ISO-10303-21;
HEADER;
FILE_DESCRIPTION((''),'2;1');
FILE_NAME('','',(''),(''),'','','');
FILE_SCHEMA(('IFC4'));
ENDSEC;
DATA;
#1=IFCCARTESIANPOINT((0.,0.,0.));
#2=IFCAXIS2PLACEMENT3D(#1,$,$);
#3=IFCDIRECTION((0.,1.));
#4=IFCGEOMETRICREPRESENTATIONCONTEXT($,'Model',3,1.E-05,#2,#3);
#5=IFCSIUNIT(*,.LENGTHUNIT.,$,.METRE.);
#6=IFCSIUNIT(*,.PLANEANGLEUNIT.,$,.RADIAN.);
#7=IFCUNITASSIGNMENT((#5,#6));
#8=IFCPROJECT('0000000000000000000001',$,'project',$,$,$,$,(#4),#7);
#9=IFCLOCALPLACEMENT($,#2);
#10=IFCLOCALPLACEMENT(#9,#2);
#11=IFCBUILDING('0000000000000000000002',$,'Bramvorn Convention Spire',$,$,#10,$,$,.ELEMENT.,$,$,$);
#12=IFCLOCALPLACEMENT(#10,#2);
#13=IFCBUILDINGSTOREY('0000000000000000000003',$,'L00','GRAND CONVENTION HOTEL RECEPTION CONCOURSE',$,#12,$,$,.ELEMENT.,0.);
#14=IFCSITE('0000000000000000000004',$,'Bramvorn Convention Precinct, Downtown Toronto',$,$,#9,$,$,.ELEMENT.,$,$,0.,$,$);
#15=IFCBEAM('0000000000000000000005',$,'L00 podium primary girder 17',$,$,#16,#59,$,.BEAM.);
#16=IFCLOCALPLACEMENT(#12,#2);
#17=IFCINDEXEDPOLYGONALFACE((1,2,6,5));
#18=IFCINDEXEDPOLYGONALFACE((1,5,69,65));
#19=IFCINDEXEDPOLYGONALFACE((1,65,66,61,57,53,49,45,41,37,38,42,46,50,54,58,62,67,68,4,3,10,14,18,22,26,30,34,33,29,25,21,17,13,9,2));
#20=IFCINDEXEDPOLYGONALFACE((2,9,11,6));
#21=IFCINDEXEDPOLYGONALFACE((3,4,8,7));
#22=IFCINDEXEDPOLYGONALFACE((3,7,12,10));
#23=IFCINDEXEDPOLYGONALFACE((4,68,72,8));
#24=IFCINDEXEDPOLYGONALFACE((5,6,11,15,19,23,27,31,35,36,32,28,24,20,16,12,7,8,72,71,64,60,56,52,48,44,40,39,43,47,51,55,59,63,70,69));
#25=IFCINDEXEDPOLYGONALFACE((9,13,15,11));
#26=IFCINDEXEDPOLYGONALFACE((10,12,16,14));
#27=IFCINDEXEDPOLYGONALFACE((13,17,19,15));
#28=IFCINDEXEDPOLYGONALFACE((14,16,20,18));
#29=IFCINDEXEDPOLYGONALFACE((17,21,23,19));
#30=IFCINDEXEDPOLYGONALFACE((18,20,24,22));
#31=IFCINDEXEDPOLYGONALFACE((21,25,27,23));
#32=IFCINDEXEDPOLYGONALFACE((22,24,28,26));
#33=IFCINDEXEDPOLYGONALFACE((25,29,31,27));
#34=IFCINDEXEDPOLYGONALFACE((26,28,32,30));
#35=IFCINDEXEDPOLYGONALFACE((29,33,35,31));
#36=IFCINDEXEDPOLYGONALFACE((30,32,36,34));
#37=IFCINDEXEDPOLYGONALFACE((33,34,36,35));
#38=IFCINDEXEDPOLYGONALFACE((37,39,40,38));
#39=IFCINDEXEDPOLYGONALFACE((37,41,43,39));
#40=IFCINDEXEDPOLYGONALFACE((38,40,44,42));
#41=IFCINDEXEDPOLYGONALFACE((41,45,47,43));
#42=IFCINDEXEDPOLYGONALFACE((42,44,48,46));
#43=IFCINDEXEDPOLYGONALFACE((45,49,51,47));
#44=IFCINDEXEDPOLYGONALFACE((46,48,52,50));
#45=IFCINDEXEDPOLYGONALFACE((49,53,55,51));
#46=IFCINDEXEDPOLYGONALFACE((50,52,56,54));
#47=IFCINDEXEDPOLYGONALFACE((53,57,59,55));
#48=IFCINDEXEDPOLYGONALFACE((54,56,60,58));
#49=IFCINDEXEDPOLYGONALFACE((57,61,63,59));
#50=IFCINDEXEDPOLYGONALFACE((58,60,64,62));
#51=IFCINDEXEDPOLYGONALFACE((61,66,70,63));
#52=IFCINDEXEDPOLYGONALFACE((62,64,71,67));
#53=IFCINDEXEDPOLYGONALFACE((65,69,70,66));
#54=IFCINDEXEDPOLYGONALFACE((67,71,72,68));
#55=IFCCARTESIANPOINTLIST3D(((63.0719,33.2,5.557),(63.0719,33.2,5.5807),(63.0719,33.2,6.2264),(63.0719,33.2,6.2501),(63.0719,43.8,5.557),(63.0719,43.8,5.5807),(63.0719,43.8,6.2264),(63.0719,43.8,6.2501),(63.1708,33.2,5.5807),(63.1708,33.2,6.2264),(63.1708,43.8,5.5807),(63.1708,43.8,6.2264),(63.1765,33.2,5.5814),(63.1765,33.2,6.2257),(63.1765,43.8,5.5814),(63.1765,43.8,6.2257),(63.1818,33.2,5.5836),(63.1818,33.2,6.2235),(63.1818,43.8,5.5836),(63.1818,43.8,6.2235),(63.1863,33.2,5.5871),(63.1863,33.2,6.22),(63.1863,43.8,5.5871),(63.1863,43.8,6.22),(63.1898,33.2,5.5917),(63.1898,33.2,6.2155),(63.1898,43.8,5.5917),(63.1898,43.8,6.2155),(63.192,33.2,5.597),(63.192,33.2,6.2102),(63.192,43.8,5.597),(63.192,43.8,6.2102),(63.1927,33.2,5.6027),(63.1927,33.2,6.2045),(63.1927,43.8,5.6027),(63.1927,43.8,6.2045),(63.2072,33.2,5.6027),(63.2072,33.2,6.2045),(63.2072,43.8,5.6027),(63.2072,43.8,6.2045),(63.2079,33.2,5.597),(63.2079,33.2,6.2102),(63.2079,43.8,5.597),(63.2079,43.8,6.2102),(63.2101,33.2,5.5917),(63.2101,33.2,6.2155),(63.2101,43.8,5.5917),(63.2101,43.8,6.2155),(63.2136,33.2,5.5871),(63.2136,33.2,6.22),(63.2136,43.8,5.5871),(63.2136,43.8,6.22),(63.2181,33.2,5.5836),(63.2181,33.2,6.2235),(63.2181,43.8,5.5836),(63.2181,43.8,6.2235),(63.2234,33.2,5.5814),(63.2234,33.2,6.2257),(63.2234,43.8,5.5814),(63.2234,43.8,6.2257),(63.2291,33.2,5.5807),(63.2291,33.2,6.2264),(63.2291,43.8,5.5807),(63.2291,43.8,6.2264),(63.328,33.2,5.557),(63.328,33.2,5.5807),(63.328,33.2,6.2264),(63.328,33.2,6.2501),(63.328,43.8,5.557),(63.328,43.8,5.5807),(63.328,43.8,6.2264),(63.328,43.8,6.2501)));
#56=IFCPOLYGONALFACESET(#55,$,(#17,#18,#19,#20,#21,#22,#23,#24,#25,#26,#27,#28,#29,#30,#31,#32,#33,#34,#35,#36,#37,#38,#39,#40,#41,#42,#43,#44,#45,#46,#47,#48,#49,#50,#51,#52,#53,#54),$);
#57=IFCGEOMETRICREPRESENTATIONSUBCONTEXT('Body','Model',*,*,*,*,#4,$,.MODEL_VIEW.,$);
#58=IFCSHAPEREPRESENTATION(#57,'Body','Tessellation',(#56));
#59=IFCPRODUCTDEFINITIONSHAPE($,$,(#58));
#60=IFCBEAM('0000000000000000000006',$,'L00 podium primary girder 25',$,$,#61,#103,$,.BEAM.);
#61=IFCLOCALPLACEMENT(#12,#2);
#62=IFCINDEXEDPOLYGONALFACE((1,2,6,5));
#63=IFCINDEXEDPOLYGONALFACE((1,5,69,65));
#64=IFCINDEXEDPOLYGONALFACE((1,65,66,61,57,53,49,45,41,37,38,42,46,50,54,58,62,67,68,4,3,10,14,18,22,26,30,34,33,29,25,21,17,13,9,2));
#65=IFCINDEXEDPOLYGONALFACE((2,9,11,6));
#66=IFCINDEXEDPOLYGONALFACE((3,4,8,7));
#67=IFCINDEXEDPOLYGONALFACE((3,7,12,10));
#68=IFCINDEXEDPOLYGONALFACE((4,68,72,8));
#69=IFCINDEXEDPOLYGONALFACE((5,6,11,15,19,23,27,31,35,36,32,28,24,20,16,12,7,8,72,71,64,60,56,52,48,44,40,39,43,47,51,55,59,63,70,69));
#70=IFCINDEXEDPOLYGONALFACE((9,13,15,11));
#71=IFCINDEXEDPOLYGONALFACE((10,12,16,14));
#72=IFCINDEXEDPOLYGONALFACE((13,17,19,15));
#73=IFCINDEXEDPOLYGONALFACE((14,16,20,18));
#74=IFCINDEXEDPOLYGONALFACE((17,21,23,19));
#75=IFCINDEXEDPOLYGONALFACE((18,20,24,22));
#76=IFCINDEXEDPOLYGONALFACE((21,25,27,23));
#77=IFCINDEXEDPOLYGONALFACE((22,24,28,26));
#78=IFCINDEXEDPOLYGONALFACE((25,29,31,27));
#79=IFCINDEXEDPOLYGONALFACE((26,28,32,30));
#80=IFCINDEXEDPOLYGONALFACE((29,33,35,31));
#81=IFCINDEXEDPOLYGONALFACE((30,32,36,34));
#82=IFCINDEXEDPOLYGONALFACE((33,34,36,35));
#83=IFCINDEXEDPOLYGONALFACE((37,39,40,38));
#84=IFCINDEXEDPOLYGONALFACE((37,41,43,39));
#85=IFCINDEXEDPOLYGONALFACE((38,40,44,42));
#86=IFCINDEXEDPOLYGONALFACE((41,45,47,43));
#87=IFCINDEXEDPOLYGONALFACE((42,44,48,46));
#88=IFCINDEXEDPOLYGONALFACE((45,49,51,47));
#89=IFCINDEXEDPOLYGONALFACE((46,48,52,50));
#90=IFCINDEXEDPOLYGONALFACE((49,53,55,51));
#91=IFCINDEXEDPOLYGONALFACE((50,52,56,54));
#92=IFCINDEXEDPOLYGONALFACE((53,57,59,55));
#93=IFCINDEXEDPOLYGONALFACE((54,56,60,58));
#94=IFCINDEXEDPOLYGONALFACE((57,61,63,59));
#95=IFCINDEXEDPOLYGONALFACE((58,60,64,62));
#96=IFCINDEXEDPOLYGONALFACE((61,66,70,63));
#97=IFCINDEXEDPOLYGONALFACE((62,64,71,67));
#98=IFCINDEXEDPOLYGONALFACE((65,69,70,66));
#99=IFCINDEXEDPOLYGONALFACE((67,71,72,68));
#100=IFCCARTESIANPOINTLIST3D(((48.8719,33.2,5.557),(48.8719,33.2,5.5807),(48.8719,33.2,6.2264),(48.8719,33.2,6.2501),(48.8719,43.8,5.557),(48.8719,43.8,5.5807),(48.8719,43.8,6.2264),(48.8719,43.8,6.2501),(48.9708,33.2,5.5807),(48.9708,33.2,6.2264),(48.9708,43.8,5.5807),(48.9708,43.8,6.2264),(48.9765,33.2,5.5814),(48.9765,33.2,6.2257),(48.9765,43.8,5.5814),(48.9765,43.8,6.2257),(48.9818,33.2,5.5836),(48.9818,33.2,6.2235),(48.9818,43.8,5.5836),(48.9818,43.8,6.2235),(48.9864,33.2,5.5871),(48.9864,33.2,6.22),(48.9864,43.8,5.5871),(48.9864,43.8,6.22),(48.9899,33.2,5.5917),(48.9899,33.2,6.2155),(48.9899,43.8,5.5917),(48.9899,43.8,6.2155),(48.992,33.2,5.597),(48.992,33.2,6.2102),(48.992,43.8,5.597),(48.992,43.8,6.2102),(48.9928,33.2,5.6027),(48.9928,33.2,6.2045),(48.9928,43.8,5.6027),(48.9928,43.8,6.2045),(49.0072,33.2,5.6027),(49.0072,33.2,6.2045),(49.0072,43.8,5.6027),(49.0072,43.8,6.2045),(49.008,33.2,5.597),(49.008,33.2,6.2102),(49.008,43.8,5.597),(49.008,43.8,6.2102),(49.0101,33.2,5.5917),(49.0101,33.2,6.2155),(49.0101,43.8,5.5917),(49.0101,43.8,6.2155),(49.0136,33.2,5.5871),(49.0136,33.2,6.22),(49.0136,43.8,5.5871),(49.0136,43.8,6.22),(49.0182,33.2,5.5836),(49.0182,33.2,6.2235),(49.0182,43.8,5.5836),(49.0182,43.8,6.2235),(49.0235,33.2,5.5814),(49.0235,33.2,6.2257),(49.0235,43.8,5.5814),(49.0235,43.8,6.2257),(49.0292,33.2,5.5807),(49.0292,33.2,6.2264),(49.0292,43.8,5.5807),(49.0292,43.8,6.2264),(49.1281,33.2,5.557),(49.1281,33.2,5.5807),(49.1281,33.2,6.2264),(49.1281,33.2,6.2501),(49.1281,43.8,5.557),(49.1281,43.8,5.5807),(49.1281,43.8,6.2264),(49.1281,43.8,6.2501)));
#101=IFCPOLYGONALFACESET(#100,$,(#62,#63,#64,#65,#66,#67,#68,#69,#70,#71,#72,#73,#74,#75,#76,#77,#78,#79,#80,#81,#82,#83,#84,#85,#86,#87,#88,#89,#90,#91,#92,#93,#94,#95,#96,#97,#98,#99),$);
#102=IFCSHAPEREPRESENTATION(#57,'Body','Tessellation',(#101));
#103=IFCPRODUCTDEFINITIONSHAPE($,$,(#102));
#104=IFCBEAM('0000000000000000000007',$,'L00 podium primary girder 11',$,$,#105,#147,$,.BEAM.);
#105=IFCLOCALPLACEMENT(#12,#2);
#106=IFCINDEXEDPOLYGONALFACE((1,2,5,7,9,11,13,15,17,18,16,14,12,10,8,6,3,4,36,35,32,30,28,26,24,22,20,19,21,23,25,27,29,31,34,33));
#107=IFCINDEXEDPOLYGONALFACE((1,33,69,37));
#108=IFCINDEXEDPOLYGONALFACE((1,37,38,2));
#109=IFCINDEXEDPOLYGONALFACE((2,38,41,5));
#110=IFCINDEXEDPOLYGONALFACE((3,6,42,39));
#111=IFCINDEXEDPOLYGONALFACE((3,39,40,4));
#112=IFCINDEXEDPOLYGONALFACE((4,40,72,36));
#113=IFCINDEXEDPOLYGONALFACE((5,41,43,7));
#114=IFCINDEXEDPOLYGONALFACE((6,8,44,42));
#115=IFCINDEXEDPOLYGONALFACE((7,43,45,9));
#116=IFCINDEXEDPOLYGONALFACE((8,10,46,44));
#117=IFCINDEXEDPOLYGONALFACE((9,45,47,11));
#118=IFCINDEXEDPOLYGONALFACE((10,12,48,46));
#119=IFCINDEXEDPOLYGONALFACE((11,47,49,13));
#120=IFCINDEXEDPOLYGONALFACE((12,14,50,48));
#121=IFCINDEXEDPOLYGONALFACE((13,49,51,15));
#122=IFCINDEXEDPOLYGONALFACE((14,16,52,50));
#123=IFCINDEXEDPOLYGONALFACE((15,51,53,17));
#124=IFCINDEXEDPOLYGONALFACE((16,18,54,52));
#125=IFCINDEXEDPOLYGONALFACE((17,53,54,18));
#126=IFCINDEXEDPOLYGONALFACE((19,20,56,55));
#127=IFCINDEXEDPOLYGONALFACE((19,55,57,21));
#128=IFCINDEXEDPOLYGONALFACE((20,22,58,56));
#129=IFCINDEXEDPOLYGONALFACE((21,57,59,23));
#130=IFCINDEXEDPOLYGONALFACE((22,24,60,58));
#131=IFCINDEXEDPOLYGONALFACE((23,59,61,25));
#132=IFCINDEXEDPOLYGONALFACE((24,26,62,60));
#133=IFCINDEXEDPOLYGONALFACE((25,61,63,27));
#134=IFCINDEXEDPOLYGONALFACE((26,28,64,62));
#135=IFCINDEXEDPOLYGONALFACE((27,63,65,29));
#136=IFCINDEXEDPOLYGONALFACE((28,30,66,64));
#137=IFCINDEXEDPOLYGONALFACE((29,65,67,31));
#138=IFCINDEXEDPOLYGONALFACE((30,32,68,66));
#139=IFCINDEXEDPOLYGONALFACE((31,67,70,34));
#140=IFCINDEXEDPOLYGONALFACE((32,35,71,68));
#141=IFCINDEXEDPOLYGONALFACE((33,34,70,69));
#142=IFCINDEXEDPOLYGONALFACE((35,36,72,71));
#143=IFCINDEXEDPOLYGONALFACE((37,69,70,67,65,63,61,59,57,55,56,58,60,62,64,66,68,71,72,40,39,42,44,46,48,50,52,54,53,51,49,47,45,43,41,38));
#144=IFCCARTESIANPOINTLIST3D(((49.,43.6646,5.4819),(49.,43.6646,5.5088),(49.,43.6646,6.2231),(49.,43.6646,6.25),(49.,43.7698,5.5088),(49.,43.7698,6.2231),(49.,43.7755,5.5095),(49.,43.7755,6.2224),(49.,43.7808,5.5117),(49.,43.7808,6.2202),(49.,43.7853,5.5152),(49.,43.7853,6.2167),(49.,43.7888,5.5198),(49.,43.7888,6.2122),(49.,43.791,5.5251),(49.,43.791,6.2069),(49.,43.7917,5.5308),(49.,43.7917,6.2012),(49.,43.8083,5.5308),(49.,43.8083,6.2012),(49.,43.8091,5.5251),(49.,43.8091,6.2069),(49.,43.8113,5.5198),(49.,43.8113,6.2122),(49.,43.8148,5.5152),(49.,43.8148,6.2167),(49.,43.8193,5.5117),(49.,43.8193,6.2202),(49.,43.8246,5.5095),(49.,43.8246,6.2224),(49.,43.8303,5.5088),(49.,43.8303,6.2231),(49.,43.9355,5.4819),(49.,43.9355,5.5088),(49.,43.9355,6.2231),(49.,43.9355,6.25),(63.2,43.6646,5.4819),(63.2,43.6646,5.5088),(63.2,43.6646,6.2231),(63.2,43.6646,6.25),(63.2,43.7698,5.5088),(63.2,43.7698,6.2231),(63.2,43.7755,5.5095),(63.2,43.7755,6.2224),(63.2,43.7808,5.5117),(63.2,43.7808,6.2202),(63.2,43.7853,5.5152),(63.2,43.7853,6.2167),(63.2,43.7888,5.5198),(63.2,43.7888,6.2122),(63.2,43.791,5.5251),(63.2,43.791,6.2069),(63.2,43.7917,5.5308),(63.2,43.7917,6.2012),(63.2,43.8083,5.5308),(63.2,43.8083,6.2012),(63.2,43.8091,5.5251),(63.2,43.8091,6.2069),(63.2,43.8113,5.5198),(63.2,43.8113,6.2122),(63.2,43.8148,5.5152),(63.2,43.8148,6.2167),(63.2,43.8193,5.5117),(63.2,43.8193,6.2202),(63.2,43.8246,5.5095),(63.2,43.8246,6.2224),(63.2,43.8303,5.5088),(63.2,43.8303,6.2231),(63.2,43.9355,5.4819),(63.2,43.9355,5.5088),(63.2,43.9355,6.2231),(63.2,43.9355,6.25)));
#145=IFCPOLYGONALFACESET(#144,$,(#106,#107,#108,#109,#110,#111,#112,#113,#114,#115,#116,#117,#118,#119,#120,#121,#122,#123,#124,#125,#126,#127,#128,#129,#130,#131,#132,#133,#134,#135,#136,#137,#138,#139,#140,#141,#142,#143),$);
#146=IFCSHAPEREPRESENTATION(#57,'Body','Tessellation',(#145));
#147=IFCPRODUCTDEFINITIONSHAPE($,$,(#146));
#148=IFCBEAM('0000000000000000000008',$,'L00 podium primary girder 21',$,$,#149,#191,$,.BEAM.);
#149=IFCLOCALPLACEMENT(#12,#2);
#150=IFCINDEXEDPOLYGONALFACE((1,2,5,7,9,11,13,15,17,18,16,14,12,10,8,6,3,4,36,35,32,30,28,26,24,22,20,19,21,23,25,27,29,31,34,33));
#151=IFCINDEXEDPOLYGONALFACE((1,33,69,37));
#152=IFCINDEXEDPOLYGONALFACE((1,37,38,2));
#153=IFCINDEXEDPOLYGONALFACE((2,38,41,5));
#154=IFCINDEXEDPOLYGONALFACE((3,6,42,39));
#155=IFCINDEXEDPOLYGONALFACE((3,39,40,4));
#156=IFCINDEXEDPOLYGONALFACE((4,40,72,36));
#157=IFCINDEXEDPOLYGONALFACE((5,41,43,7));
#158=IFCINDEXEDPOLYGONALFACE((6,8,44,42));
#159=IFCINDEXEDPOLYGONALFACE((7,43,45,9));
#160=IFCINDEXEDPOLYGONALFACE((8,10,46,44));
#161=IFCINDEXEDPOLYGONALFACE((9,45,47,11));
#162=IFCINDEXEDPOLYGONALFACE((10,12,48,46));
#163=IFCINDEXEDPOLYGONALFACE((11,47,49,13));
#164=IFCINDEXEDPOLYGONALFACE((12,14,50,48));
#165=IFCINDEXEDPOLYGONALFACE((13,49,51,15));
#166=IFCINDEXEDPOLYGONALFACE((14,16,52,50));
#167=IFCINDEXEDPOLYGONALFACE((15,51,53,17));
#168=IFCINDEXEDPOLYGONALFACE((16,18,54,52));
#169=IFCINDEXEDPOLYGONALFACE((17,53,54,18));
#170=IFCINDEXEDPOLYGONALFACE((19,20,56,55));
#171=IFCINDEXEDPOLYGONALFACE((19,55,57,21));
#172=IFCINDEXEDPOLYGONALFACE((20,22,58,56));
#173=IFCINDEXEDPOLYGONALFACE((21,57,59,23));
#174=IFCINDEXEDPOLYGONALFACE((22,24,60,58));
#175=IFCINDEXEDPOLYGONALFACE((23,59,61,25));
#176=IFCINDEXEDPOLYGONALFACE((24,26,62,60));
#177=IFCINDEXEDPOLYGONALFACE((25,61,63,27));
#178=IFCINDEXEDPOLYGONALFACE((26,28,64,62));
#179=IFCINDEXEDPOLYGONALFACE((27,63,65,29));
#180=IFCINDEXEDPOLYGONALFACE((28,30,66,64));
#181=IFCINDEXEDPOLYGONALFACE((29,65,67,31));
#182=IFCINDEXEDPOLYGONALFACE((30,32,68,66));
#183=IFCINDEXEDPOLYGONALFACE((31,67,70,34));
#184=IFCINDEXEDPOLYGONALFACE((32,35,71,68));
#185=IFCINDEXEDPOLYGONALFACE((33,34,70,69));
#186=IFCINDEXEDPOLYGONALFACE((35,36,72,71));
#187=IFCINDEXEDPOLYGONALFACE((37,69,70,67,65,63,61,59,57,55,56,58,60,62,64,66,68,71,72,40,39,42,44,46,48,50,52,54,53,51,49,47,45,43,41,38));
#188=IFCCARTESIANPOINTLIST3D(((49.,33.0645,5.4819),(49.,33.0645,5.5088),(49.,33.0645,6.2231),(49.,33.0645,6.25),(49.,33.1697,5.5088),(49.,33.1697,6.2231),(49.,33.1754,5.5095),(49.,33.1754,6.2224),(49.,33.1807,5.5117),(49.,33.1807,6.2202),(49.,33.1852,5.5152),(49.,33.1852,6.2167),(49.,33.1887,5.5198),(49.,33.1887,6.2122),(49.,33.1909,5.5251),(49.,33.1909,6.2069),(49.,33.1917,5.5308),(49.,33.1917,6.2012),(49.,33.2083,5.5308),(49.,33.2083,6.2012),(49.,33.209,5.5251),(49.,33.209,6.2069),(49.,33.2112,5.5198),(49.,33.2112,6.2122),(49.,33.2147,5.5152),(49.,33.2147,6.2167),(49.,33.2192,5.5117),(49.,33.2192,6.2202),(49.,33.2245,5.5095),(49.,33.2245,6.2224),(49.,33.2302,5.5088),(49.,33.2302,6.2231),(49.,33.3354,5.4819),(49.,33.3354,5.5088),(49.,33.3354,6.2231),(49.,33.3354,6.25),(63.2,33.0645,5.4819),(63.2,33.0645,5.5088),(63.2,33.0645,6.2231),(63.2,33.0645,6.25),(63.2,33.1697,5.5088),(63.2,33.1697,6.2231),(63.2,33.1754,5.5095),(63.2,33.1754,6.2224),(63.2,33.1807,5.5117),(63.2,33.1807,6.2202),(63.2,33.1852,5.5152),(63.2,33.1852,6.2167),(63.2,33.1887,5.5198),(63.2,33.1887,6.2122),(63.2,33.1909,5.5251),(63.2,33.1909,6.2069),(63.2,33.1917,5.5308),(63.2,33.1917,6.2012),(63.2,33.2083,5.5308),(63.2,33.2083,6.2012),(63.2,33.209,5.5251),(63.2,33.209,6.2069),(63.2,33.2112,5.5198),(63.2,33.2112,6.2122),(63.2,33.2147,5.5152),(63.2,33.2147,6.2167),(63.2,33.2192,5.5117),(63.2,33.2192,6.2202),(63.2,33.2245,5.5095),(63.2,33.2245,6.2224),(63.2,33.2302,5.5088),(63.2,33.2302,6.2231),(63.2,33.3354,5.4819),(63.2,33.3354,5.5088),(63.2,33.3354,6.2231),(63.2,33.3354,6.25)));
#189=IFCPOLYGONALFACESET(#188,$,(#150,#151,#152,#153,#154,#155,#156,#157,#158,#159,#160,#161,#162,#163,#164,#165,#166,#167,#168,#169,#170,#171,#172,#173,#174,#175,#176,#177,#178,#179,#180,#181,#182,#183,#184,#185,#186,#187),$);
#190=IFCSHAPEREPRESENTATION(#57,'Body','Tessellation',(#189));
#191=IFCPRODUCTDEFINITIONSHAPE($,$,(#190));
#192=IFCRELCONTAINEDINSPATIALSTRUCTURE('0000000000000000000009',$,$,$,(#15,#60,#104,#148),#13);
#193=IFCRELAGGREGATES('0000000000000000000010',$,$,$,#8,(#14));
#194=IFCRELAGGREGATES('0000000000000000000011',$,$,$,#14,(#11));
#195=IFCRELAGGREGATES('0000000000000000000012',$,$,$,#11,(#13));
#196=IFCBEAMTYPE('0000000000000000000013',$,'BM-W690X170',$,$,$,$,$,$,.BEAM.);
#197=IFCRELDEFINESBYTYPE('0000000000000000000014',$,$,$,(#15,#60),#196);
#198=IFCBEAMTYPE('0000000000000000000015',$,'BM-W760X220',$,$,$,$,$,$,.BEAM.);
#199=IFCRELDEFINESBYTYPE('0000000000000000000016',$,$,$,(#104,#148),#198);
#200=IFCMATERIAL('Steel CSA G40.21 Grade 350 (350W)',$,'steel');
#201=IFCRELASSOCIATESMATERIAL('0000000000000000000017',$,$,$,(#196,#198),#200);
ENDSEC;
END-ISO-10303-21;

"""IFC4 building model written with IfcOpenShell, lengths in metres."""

from ifc_helpers import new_model, si_unit, direction, frame, origin, origin_2d, place, context, subcontext, project, spatial, i_section, extrude, material, material_profile, profile_set, type_object, element, save


model = new_model("IFC4")

# Units and contexts
model_context = context("Model", 3, precision=1e-05, world=origin(), true_north=direction((0.0, 1.0)))
body_context = subcontext(model_context, "Body", "Model", "MODEL_VIEW")
ifc_project = project(units=[si_unit("LENGTHUNIT", "METRE"), si_unit("PLANEANGLEUNIT", "RADIAN")], contexts=[model_context])

# Site, building, storey
site_placement = place(None, origin())
site = spatial("IfcSite", under=ifc_project, at=site_placement, Name="Bramvorn Convention Precinct, Downtown Toronto", CompositionType="ELEMENT", RefElevation=0.0)
building_placement = place(site_placement, origin())
building = spatial("IfcBuilding", under=site, at=building_placement, Name="Bramvorn Convention Spire", CompositionType="ELEMENT")
storey_placement = place(building_placement, origin())
storey = spatial("IfcBuildingStorey", under=building, at=storey_placement, Name="L00", Description="GRAND CONVENTION HOTEL RECEPTION CONCOURSE", CompositionType="ELEMENT", Elevation=0.0)

# Shared definitions
ifc_material_1 = material(Name="Steel CSA G40.21 Grade 350 (350W)", Category="steel")

# Beams
ifc_material_profile_1 = material_profile(ifc_material_1, i_section(OverallWidth=0.2561, OverallDepth=0.6931, WebThickness=0.0144, FlangeThickness=0.0237, FilletRadius=0.022, at=origin_2d()))
ifc_profile_set_1 = profile_set([ifc_material_profile_1], Name="Steel CSA G40.21 Grade 350 (350W) - W690X170")
beam_type_1 = type_object("IfcBeamType", Name="BM-W690X170", PredefinedType="BEAM", material=ifc_profile_set_1)
for number, where, z_axis, x_axis, name in (
    (1, (63.2, 33.2, 5.9036), (0.0, 1.0, 0.0), (-1.0, 0.0, 0.0), "L00 podium primary girder 17"),
    (2, (49.0, 33.2, 5.9036), (0.0, 1.0, 0.0), (-1.0, 0.0, 0.0), "L00 podium primary girder 25"),
):
    element("IfcBeam", number, at=place(storey_placement, frame(where, z_axis=z_axis, x_axis=x_axis)), inside=storey, type_object=beam_type_1, Name=name, PredefinedType="BEAM", context=body_context, shape_type="SweptSolid", body=[
        extrude(i_section(OverallWidth=0.2561, OverallDepth=0.6931, WebThickness=0.0144, FlangeThickness=0.0237, FilletRadius=0.022, at=origin_2d()), origin(), (0.0, 0.0, 1.0), 10.6001),
    ])
ifc_material_profile_2 = material_profile(ifc_material_1, i_section(OverallWidth=0.271, OverallDepth=0.7681, WebThickness=0.0166, FlangeThickness=0.0269, FilletRadius=0.022, at=origin_2d()))
ifc_profile_set_2 = profile_set([ifc_material_profile_2], Name="Steel CSA G40.21 Grade 350 (350W) - W760X220")
beam_type_2 = type_object("IfcBeamType", Name="BM-W760X220", PredefinedType="BEAM", material=ifc_profile_set_2)
for number, where, z_axis, x_axis, name in (
    (3, (49.0, 43.8, 5.866), (1.0, 0.0, 0.0), (0.0, 1.0, 0.0), "L00 podium primary girder 11"),
    (4, (49.0, 33.2, 5.866), (1.0, 0.0, 0.0), (0.0, 1.0, 0.0), "L00 podium primary girder 21"),
):
    element("IfcBeam", number, at=place(storey_placement, frame(where, z_axis=z_axis, x_axis=x_axis)), inside=storey, type_object=beam_type_2, Name=name, PredefinedType="BEAM", context=body_context, shape_type="SweptSolid", body=[
        extrude(i_section(OverallWidth=0.271, OverallDepth=0.7681, WebThickness=0.0166, FlangeThickness=0.0269, FilletRadius=0.022, at=origin_2d()), origin(), (0.0, 0.0, 1.0), 14.2),
    ])

save(model, "model.ifc")
